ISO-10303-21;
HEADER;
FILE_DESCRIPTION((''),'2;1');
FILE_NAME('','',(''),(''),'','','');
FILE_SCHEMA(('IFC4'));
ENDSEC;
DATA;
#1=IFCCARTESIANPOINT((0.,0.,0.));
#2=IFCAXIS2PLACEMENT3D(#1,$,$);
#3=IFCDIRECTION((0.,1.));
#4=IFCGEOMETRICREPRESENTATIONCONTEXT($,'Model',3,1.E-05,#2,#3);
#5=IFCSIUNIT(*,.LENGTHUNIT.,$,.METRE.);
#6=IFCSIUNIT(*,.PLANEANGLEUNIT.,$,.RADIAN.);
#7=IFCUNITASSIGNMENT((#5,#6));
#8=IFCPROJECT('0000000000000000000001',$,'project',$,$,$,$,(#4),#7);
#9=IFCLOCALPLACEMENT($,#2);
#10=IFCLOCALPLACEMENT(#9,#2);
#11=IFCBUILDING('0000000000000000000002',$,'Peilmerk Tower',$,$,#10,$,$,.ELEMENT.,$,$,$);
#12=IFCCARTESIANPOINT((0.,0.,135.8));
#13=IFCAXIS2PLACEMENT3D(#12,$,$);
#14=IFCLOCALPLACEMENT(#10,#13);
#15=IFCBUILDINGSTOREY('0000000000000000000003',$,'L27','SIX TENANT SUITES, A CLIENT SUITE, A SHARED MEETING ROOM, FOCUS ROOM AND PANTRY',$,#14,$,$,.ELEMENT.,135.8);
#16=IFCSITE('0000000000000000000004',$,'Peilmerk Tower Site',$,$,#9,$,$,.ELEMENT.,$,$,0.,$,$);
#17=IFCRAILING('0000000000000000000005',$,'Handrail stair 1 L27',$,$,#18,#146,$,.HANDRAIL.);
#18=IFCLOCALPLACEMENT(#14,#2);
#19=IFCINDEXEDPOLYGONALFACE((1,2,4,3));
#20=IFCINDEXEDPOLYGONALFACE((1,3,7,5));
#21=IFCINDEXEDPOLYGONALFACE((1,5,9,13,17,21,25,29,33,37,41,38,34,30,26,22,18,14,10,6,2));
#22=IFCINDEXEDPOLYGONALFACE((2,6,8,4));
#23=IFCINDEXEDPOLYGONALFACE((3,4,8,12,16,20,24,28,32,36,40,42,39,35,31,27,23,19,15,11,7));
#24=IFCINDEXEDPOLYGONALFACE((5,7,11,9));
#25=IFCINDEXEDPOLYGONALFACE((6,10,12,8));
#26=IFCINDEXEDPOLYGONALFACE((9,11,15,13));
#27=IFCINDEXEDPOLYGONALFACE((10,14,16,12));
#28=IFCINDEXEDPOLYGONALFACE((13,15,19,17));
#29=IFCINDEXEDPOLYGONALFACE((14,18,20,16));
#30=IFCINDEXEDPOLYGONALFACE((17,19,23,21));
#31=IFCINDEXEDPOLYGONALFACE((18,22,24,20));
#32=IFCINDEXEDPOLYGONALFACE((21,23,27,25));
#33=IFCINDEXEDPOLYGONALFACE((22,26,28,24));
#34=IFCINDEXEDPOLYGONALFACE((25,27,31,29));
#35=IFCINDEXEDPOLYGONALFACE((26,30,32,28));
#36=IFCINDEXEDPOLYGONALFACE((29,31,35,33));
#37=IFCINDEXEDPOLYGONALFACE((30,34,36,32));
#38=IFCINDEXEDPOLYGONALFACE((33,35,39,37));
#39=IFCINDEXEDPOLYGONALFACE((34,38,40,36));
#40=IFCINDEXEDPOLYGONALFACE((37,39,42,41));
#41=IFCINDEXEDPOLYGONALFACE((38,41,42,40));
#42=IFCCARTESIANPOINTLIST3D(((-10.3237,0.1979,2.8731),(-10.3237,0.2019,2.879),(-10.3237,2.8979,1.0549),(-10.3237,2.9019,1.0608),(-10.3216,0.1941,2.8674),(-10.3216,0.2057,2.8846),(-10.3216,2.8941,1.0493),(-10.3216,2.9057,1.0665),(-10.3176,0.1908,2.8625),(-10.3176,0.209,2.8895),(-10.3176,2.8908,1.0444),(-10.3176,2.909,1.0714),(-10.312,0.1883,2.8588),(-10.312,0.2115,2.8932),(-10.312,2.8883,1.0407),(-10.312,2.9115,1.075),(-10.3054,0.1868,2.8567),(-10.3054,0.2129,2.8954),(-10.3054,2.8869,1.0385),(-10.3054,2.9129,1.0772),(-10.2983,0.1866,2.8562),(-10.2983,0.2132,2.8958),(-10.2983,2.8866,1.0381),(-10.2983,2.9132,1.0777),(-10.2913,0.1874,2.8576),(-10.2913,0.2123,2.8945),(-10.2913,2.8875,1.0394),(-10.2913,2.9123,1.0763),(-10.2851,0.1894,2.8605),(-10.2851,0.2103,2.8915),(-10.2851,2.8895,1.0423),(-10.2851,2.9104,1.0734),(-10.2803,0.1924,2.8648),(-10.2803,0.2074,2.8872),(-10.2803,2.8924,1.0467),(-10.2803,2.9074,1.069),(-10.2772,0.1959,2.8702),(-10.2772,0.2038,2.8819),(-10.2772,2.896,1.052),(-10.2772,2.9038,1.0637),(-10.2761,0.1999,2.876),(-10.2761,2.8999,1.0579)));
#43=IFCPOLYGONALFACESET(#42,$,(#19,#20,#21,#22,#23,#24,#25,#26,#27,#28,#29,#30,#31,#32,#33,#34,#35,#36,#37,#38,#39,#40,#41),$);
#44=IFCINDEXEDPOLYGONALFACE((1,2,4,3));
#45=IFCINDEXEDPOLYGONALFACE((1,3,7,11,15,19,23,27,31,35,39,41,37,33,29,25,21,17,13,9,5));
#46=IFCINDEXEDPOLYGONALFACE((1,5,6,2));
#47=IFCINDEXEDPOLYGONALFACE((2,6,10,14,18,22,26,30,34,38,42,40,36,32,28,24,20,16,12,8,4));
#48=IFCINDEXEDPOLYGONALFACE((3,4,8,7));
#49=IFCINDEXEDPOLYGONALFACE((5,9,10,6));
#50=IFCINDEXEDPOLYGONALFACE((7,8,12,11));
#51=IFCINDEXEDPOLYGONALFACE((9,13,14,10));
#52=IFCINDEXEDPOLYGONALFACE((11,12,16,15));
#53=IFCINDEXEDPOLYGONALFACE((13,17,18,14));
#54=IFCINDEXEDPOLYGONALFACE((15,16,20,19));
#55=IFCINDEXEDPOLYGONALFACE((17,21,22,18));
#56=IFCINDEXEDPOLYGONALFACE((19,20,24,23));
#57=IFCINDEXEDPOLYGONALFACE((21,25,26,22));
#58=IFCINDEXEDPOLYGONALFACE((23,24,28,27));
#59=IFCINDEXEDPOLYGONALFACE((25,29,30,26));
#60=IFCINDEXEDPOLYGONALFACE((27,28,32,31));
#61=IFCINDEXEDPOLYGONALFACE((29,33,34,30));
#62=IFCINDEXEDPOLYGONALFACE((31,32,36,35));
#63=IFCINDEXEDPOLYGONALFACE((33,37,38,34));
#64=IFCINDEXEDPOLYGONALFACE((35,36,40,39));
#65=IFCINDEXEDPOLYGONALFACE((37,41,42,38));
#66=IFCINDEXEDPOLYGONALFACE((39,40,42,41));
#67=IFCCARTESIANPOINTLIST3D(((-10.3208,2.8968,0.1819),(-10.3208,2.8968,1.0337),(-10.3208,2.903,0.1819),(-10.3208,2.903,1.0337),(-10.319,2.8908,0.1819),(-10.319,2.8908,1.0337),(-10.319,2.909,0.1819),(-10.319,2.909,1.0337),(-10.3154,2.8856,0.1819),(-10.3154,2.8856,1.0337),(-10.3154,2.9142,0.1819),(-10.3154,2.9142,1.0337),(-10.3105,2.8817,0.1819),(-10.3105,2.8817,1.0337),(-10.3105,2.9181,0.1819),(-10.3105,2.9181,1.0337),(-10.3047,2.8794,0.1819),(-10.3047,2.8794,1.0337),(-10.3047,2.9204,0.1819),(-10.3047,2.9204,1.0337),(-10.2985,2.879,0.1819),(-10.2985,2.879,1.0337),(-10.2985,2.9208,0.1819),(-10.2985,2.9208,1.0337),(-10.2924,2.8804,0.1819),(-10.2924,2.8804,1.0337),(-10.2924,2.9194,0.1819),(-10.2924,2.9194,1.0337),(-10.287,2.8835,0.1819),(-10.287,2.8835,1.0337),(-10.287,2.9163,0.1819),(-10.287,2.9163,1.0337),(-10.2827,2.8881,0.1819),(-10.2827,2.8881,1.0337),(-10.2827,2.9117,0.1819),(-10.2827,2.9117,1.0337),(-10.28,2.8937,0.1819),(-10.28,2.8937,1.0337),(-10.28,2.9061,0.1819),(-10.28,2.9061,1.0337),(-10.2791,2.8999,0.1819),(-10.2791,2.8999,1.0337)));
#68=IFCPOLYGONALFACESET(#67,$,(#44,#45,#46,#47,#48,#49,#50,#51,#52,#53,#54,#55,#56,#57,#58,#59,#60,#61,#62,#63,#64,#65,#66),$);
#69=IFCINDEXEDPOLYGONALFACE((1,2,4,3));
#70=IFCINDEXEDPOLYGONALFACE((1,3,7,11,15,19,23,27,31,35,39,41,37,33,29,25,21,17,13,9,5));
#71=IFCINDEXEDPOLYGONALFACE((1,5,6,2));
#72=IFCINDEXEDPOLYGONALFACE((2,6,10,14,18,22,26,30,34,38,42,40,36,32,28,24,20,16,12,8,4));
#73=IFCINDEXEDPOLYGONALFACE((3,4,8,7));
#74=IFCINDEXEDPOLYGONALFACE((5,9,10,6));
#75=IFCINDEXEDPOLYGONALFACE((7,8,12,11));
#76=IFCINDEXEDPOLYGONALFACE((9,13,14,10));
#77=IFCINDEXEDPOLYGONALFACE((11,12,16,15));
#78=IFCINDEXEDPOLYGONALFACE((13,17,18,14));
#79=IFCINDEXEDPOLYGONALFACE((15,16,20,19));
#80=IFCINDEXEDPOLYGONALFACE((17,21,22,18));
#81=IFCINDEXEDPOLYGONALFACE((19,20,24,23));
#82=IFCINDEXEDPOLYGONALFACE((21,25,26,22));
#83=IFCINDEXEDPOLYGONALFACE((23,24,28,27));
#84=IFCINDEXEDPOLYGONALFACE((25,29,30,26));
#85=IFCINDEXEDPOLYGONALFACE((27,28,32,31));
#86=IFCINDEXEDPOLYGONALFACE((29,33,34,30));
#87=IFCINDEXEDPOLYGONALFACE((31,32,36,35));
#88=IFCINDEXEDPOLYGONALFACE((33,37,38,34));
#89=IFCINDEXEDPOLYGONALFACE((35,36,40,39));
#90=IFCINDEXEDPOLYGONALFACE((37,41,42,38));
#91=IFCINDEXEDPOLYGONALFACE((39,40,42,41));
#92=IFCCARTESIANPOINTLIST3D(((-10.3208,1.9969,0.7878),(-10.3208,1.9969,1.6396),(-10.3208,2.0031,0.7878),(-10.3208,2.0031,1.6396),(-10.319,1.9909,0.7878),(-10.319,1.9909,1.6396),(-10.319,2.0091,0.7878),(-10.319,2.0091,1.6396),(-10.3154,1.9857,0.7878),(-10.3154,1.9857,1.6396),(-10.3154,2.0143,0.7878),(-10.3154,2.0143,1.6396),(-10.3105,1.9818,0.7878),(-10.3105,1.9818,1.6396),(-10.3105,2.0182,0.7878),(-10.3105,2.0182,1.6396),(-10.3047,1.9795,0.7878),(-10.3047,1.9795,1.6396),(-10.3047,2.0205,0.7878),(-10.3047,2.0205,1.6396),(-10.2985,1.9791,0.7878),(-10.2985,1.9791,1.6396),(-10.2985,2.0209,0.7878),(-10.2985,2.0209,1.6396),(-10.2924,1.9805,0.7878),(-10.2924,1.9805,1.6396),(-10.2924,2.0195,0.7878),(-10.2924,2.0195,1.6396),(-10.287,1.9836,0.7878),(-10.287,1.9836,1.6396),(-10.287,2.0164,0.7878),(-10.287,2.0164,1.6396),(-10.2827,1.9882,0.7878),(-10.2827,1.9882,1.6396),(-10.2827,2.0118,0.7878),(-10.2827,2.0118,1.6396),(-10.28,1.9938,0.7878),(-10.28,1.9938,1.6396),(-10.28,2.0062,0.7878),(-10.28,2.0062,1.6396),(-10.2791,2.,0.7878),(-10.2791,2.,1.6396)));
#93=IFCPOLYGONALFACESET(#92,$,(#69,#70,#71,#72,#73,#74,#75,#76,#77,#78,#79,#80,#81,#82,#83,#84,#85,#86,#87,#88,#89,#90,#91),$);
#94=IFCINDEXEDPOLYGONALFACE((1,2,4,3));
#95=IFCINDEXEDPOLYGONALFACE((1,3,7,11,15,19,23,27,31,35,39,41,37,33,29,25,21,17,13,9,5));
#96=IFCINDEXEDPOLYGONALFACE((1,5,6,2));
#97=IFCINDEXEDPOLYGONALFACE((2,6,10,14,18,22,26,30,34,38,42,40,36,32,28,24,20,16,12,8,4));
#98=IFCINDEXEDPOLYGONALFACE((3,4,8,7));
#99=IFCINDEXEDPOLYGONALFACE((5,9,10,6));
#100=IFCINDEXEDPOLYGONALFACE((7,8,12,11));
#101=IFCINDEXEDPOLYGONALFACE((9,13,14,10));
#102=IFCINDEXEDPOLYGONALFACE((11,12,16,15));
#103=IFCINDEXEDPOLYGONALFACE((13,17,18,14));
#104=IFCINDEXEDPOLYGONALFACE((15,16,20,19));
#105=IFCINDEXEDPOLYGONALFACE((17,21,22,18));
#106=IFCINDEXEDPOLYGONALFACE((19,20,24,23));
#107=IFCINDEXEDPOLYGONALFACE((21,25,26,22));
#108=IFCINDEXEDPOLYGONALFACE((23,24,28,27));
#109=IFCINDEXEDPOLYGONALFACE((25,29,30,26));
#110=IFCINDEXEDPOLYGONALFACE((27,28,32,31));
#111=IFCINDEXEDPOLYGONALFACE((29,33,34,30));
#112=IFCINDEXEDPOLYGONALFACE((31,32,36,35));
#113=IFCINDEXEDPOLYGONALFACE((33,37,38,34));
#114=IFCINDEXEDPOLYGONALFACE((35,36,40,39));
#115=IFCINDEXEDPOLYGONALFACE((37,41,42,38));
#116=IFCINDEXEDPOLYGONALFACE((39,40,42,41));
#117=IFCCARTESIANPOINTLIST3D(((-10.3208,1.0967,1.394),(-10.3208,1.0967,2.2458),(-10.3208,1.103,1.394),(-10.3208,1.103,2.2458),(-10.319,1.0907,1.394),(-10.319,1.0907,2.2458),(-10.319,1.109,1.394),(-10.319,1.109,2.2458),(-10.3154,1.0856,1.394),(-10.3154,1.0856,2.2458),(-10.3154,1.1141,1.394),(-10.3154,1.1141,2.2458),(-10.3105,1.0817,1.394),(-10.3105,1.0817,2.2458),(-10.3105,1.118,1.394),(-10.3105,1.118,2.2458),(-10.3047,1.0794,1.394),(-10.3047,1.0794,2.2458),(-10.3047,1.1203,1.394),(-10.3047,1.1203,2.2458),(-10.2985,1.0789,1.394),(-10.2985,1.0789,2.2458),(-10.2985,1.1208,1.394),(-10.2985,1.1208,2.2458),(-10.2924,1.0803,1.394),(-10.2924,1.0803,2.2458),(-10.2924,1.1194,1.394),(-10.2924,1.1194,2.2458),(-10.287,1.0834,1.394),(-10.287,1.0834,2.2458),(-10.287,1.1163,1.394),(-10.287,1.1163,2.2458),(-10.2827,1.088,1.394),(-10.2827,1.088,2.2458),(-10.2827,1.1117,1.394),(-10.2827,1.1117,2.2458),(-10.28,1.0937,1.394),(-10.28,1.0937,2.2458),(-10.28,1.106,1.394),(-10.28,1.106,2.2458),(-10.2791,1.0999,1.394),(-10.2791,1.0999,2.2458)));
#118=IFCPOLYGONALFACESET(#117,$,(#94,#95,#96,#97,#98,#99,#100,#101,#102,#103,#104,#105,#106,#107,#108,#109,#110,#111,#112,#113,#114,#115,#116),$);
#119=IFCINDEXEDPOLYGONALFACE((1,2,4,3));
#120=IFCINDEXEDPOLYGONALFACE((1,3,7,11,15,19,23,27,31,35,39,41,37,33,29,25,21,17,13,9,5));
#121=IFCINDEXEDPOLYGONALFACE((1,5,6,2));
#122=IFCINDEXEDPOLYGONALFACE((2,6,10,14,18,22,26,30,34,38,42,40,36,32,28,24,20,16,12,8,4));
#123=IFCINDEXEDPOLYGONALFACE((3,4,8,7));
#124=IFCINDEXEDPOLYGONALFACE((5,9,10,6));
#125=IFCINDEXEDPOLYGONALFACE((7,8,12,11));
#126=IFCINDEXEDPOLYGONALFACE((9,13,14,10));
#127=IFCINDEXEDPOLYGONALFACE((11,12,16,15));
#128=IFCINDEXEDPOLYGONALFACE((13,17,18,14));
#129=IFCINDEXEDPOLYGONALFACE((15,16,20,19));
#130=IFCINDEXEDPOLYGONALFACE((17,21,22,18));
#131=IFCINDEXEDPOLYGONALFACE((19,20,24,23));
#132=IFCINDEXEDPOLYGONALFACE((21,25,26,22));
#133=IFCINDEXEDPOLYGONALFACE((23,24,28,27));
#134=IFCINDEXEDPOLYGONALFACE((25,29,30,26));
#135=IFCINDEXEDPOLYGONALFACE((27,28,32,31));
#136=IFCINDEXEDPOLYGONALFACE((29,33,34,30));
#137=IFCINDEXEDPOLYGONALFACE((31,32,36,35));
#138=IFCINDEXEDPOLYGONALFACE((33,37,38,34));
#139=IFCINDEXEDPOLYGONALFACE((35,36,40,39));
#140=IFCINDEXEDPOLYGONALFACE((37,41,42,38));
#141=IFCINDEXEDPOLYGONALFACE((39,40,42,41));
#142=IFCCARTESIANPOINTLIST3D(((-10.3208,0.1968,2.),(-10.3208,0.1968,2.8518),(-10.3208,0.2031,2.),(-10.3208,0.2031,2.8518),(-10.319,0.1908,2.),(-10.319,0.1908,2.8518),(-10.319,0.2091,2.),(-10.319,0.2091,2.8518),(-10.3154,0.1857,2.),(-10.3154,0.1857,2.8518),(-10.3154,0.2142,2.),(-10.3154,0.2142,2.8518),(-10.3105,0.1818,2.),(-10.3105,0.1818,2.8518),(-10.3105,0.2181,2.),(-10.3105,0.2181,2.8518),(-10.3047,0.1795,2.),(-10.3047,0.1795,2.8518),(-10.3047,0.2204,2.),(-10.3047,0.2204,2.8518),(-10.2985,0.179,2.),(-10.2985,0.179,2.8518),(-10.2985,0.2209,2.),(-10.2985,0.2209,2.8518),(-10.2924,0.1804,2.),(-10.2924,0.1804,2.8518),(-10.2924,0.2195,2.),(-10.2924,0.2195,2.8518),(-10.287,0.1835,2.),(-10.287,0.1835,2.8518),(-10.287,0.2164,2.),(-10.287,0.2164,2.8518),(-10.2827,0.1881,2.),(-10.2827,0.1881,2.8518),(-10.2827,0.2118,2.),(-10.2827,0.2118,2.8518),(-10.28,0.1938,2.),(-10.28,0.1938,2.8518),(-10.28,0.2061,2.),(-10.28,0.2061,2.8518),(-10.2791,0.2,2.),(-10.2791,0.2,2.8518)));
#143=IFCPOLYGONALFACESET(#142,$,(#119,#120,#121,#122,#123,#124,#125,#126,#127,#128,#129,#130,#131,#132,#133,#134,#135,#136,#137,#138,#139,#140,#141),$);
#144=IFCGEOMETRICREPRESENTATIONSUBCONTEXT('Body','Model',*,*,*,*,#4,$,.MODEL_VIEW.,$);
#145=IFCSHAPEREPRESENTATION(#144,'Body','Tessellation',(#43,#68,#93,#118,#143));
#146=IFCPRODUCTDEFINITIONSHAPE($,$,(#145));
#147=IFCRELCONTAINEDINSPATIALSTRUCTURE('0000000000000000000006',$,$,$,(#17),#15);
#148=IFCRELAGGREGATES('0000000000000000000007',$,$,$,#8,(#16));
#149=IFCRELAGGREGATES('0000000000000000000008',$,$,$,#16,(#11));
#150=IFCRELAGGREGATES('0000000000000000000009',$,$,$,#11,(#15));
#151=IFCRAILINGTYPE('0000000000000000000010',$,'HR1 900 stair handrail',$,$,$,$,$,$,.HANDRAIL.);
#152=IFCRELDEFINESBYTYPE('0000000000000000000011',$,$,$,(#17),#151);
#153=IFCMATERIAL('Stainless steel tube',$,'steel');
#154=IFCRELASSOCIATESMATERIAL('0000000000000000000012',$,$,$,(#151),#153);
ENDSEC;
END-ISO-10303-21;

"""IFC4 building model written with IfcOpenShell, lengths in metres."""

from ifc_helpers import new_model, si_unit, direction, frame, origin, origin_2d, place, context, subcontext, project, spatial, circle, extrude, material, type_object, element, save


model = new_model("IFC4")

# Units and contexts
model_context = context("Model", 3, precision=1e-05, world=origin(), true_north=direction((0.0, 1.0)))
body_context = subcontext(model_context, "Body", "Model", "MODEL_VIEW")
ifc_project = project(units=[si_unit("LENGTHUNIT", "METRE"), si_unit("PLANEANGLEUNIT", "RADIAN")], contexts=[model_context])

# Site, building, storey
site_placement = place(None, origin())
site = spatial("IfcSite", under=ifc_project, at=site_placement, Name="Peilmerk Tower Site", CompositionType="ELEMENT", RefElevation=0.0)
building_placement = place(site_placement, origin())
building = spatial("IfcBuilding", under=site, at=building_placement, Name="Peilmerk Tower", CompositionType="ELEMENT")
storey_placement = place(building_placement, frame((0.0, 0.0, 135.8)))
storey = spatial("IfcBuildingStorey", under=building, at=storey_placement, Name="L27", Description="SIX TENANT SUITES, A CLIENT SUITE, A SHARED MEETING ROOM, FOCUS ROOM AND PANTRY", CompositionType="ELEMENT", Elevation=135.8)

# Railing
ifc_material_1 = material(Name="Stainless steel tube", Category="steel")
railing_type_1 = type_object("IfcRailingType", Name="HR1 900 stair handrail", PredefinedType="HANDRAIL", material=ifc_material_1)
railing_1_placement = place(storey_placement, frame((-10.3, 2.8999, 0.1819)))
element("IfcRailing", 1, at=railing_1_placement, inside=storey, type_object=railing_type_1, Name="Handrail stair 1 L27", PredefinedType="HANDRAIL", context=body_context, shape_type="SweptSolid", body=[
    extrude(circle(Radius=0.0239, at=origin_2d()), frame((0.0, 0.0, 0.876), z_axis=(0.0, -0.829468, 0.558554), x_axis=(1.0, 0.0, 0.0)), (0.0, 0.0, 1.0), 3.2551),
    extrude(circle(Radius=0.021, at=origin_2d()), origin(), (0.0, 0.0, 1.0), 0.8518),
    extrude(circle(Radius=0.021, at=origin_2d()), frame((0.0, -0.8999, 0.606)), (0.0, 0.0, 1.0), 0.8518),
    extrude(circle(Radius=0.021, at=origin_2d()), frame((0.0, -1.8, 1.2122)), (0.0, 0.0, 1.0), 0.8518),
    extrude(circle(Radius=0.021, at=origin_2d()), frame((0.0, -2.7, 1.8181)), (0.0, 0.0, 1.0), 0.8518),
])

save(model, "model.ifc")
